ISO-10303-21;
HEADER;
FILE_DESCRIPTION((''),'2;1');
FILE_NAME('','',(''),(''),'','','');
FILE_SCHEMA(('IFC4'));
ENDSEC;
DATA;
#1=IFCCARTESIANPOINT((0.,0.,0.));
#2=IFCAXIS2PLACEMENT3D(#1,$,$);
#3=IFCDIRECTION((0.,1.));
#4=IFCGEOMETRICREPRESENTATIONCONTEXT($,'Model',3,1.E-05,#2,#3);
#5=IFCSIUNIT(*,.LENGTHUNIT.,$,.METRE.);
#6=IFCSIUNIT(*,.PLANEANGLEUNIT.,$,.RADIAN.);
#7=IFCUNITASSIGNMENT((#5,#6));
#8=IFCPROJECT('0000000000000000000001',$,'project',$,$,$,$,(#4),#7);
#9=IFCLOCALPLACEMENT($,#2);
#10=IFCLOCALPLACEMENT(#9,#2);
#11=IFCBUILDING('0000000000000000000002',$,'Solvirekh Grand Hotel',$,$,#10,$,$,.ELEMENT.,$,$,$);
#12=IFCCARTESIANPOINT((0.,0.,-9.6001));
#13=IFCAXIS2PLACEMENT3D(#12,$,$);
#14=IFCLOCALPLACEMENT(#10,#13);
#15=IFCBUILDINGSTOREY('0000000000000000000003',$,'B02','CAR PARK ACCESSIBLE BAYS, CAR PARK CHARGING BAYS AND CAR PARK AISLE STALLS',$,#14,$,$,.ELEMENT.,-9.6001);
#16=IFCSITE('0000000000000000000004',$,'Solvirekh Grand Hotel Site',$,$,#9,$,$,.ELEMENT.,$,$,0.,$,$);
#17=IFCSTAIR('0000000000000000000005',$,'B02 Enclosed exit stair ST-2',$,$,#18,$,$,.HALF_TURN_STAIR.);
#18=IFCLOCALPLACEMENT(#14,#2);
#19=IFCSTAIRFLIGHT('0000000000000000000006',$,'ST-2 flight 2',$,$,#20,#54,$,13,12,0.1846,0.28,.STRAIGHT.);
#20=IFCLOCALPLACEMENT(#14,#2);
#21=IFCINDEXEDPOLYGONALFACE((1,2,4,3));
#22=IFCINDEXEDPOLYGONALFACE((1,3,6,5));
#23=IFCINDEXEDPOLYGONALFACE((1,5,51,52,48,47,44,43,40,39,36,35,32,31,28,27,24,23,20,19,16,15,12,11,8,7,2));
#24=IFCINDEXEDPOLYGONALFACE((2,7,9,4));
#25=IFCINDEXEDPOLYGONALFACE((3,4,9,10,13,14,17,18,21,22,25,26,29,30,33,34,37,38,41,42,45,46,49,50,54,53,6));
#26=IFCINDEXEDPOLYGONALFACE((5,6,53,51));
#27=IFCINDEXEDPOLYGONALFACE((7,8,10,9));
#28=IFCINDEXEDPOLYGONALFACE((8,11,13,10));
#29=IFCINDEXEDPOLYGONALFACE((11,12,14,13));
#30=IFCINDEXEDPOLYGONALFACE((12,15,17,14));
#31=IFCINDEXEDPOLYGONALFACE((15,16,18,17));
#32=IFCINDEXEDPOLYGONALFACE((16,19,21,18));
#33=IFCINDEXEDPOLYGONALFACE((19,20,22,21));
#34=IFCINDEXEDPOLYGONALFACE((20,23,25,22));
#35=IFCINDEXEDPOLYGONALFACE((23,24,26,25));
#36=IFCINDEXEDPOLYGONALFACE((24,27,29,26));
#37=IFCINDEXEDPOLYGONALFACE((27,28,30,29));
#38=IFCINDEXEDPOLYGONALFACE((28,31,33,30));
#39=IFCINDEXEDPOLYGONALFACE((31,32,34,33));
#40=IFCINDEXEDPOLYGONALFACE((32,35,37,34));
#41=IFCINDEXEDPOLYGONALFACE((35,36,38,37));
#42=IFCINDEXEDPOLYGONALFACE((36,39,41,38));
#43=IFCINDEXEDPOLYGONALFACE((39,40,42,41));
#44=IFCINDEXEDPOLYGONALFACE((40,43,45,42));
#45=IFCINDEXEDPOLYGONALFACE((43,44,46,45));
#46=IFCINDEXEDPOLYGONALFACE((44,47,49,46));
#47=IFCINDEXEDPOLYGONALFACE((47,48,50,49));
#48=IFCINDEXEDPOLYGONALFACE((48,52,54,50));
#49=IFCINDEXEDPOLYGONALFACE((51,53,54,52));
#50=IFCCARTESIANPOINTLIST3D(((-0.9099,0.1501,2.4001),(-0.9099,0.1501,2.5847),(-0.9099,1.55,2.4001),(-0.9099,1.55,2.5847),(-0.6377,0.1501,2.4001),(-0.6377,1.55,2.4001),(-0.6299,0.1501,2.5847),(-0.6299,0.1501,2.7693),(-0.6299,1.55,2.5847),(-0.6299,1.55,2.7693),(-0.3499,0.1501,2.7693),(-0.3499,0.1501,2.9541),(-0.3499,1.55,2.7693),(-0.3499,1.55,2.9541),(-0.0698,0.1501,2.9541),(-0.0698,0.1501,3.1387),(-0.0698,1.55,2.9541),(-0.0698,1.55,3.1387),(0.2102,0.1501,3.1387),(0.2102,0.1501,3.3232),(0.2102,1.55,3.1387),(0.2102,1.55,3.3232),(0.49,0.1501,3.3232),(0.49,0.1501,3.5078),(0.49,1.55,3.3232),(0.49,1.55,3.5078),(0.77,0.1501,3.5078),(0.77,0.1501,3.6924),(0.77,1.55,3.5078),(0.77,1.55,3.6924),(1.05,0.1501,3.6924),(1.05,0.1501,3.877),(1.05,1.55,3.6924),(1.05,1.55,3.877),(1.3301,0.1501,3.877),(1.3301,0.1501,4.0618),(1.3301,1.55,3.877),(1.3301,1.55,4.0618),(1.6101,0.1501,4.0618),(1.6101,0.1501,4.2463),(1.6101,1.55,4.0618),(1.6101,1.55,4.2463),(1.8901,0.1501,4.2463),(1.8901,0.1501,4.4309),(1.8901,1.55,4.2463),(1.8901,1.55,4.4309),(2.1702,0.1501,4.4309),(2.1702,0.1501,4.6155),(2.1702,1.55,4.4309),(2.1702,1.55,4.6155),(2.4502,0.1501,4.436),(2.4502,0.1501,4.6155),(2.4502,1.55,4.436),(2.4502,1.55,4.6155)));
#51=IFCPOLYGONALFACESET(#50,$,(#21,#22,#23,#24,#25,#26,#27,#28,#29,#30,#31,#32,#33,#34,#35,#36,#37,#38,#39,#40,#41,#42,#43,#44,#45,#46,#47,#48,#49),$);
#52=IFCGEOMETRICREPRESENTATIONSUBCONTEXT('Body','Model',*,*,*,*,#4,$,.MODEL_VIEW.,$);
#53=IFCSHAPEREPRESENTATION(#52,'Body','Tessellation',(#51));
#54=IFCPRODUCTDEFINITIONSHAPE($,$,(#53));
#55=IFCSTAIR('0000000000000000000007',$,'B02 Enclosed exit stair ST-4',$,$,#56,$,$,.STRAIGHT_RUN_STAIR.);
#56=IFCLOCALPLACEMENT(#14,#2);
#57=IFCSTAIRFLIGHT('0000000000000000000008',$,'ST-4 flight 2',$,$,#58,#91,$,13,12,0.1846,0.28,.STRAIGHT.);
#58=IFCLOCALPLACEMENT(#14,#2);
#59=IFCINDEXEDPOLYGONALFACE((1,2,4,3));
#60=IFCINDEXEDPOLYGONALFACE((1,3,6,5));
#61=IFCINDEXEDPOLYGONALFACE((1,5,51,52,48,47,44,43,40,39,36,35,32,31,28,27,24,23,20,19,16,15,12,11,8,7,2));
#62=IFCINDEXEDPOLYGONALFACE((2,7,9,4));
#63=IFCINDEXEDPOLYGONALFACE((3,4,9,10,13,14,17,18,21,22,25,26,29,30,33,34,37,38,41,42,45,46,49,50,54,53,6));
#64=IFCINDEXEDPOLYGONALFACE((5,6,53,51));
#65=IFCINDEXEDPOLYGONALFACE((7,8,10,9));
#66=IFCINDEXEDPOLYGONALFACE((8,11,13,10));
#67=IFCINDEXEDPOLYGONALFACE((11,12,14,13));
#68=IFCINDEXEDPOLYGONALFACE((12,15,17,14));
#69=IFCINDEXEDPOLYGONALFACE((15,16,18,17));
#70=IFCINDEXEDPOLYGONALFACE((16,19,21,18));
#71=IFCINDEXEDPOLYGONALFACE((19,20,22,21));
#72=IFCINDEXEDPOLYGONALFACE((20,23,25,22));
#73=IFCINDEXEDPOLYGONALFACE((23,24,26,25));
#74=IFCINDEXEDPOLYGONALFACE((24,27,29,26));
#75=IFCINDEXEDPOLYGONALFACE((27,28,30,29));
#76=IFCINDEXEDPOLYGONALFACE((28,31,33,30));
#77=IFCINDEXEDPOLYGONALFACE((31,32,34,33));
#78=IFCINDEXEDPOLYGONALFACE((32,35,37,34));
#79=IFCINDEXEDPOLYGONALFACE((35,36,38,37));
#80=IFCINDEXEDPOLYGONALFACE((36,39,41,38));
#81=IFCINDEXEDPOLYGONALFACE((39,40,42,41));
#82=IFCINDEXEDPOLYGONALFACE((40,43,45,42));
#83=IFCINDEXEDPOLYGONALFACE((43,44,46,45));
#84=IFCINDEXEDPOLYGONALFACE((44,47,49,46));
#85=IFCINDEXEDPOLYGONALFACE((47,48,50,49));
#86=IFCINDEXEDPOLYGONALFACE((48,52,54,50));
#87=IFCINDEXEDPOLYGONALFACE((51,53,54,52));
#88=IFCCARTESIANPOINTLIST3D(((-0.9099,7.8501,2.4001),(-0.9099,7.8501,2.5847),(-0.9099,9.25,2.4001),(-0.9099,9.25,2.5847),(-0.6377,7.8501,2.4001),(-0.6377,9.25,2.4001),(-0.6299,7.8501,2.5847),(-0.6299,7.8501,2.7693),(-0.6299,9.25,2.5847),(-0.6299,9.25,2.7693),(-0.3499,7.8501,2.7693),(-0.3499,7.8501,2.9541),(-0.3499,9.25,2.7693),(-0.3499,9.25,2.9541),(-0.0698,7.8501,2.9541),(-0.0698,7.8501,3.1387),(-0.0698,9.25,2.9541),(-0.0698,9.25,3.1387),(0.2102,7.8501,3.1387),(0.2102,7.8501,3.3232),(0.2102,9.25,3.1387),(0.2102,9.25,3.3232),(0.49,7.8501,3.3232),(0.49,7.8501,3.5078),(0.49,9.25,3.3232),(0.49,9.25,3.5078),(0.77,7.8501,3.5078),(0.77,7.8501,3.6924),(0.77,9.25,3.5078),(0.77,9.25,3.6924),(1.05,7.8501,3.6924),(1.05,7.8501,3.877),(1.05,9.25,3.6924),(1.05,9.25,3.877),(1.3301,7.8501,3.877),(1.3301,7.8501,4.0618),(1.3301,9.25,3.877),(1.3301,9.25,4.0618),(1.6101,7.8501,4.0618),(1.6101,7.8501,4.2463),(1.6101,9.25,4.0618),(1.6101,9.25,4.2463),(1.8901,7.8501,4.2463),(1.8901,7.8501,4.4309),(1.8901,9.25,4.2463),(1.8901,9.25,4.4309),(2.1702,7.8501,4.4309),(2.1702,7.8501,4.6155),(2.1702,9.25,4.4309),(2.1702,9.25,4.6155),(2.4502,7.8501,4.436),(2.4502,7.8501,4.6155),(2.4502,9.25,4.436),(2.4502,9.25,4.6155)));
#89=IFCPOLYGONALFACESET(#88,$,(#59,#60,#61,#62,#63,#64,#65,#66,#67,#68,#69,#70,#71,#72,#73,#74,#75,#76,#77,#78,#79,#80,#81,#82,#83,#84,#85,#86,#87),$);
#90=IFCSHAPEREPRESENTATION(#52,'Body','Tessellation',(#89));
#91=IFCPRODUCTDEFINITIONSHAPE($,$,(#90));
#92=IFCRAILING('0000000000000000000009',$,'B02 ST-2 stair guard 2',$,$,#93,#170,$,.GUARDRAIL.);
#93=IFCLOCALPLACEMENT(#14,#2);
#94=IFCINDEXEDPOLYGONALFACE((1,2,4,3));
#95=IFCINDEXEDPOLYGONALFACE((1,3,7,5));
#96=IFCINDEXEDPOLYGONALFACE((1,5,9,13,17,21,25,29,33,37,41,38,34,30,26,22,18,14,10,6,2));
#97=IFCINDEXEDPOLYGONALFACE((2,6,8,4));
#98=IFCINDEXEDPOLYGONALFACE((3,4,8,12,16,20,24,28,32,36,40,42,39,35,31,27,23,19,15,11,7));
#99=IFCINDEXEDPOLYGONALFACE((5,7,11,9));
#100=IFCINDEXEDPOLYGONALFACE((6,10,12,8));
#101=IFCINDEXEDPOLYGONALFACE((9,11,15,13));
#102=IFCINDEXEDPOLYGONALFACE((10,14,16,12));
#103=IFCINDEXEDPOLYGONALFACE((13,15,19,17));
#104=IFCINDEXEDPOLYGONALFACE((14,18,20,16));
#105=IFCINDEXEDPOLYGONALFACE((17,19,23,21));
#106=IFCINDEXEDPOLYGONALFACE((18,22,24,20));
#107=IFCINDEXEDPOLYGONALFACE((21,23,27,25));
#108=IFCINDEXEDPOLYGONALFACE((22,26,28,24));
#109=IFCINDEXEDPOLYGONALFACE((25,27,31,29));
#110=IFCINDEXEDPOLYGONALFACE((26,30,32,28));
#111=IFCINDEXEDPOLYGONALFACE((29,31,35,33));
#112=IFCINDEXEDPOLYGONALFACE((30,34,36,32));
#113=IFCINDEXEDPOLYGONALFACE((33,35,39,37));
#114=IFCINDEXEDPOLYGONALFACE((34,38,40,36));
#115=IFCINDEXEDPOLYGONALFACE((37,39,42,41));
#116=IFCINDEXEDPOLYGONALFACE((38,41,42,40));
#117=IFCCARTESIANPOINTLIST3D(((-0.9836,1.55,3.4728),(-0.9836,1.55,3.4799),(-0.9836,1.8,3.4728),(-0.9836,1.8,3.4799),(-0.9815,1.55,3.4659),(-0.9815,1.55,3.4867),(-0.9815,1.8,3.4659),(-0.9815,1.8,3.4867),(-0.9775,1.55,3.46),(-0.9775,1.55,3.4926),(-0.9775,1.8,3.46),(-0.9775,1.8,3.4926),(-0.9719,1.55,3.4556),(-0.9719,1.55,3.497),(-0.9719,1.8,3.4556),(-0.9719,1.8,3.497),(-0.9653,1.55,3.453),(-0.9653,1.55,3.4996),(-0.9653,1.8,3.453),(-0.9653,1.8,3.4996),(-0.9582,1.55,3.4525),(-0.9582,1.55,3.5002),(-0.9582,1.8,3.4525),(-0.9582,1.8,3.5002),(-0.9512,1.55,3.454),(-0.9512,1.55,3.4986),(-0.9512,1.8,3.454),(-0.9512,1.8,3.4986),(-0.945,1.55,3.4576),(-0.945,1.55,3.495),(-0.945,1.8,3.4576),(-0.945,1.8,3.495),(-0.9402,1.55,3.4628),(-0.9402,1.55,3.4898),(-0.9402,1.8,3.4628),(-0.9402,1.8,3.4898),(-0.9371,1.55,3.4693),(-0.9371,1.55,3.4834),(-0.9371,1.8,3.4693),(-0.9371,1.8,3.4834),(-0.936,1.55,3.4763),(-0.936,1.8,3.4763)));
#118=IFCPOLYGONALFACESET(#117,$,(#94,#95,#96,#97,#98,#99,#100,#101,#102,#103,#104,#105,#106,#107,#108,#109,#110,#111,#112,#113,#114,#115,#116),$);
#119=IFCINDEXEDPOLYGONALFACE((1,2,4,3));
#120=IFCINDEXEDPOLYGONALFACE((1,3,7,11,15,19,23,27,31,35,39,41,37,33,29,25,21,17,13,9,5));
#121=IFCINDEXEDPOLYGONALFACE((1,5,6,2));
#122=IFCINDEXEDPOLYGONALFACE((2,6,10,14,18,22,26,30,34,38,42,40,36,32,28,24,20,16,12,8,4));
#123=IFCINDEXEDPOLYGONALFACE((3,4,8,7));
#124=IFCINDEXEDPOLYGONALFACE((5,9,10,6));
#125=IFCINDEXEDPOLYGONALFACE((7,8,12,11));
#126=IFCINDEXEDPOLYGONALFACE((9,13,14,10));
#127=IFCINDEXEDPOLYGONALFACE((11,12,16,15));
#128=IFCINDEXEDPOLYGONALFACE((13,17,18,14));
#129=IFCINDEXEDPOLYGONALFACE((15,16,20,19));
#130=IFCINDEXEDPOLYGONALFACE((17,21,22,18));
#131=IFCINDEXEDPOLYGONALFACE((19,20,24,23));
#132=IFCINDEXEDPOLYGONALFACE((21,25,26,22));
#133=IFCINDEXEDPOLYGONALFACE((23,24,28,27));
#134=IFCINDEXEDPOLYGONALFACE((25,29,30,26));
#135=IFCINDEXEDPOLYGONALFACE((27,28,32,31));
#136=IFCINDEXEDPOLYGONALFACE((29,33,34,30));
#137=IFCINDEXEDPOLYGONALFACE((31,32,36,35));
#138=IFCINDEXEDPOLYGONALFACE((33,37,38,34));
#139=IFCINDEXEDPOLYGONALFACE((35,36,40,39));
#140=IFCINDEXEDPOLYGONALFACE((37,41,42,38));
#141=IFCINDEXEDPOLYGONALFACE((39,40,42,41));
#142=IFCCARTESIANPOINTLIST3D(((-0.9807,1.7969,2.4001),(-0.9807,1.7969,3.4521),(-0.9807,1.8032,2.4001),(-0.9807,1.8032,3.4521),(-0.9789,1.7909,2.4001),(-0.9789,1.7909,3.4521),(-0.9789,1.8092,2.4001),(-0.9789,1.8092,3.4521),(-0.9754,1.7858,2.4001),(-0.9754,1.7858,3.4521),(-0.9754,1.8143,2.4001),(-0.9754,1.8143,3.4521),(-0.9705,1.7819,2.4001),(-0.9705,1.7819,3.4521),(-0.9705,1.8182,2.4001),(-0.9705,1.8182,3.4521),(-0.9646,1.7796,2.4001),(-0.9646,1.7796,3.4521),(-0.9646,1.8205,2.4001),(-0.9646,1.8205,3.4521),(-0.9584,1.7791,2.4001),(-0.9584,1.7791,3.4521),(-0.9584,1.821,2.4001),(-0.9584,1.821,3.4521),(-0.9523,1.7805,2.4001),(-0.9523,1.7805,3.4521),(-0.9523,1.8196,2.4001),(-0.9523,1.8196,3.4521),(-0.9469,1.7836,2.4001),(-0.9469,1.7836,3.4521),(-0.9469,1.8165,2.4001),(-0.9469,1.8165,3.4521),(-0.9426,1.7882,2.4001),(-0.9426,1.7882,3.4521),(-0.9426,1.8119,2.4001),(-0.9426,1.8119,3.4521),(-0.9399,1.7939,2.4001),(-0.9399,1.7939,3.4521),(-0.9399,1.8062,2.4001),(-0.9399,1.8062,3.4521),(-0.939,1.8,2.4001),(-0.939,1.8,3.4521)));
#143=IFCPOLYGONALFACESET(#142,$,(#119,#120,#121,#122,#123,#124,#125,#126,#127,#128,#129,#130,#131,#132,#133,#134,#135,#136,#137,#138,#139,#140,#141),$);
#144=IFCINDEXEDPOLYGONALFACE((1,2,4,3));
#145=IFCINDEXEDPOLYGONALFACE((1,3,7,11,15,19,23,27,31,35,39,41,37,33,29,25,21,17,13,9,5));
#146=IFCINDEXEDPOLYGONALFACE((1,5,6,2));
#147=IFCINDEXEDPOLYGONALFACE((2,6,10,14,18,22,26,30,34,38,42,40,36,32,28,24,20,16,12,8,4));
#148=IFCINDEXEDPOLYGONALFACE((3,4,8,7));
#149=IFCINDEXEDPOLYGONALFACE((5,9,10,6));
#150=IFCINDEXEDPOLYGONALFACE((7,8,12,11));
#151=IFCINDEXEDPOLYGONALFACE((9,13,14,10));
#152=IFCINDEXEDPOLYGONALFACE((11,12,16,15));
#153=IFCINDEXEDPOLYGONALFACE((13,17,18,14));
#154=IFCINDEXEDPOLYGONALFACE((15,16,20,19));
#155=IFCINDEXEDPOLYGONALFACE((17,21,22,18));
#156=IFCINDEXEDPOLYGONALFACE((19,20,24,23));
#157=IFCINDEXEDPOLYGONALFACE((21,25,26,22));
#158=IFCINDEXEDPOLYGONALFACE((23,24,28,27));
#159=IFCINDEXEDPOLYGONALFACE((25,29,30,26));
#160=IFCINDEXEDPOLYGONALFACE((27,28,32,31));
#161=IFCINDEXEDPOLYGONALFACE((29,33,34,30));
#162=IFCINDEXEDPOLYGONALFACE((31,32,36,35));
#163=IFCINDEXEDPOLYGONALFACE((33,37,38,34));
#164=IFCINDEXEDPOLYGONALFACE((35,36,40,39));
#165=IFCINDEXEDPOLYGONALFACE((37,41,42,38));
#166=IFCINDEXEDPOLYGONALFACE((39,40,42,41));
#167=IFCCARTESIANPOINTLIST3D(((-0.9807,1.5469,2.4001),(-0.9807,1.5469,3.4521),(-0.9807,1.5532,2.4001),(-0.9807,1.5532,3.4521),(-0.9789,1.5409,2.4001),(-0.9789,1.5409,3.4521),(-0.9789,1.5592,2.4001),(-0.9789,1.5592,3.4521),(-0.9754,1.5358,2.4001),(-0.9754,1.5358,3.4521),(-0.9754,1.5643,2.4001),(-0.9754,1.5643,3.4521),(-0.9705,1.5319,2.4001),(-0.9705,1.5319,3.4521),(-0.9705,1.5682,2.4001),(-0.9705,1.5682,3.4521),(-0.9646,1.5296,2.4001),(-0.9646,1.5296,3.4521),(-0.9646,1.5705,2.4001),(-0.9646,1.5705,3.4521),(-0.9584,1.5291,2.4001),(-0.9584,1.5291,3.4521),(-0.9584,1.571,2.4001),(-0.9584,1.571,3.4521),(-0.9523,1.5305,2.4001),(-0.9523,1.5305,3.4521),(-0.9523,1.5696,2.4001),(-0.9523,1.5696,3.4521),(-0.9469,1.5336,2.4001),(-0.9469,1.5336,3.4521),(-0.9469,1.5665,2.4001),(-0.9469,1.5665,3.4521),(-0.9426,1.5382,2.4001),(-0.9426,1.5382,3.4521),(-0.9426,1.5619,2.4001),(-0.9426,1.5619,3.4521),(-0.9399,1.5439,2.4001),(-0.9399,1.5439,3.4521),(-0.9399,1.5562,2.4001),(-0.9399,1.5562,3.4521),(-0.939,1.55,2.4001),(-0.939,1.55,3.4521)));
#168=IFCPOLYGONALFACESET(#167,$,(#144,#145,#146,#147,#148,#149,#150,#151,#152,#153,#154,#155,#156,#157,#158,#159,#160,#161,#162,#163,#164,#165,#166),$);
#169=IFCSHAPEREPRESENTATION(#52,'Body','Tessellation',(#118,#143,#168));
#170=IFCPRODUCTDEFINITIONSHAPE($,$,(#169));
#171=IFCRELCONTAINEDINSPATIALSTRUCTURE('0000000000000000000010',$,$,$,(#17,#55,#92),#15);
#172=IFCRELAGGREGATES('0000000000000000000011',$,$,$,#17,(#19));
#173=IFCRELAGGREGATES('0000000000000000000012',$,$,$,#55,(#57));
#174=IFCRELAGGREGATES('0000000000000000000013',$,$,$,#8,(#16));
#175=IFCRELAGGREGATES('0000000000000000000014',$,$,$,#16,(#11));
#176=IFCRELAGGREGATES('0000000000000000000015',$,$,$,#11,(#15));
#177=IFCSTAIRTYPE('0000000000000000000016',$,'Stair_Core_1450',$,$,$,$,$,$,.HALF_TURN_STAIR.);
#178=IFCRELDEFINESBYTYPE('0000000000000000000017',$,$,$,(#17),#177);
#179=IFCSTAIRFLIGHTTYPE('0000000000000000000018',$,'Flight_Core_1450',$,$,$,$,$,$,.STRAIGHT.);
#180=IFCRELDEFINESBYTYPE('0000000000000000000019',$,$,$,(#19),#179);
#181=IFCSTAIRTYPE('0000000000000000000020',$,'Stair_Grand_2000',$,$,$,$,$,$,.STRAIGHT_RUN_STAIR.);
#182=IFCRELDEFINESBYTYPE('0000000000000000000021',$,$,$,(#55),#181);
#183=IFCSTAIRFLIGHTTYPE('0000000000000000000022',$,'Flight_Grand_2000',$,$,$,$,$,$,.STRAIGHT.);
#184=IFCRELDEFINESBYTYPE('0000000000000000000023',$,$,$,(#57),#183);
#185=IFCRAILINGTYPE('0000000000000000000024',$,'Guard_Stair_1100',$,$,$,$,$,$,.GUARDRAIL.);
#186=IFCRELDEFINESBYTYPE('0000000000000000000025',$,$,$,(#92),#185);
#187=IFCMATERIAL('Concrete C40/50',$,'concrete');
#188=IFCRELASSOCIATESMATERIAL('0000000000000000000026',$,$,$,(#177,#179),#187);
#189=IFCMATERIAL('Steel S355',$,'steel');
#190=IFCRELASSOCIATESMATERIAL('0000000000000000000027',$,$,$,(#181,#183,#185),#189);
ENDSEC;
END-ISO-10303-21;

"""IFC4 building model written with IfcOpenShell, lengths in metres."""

from ifc_helpers import new_model, si_unit, direction, frame, origin, origin_2d, place, context, subcontext, project, spatial, polyline, circle, outline, extrude, material, type_object, element, aggregate, save


model = new_model("IFC4")

# Units and contexts
model_context = context("Model", 3, precision=1e-05, world=origin(), true_north=direction((0.0, 1.0)))
body_context = subcontext(model_context, "Body", "Model", "MODEL_VIEW")
ifc_project = project(units=[si_unit("LENGTHUNIT", "METRE"), si_unit("PLANEANGLEUNIT", "RADIAN")], contexts=[model_context])

# Site, building, storey
site_placement = place(None, origin())
site = spatial("IfcSite", under=ifc_project, at=site_placement, Name="Solvirekh Grand Hotel Site", CompositionType="ELEMENT", RefElevation=0.0)
building_placement = place(site_placement, origin())
building = spatial("IfcBuilding", under=site, at=building_placement, Name="Solvirekh Grand Hotel", CompositionType="ELEMENT")
storey_placement = place(building_placement, frame((0.0, 0.0, -9.6001)))
storey = spatial("IfcBuildingStorey", under=building, at=storey_placement, Name="B02", Description="CAR PARK ACCESSIBLE BAYS, CAR PARK CHARGING BAYS AND CAR PARK AISLE STALLS", CompositionType="ELEMENT", Elevation=-9.6001)

# Shared definitions
ifc_material_1 = material(Name="Concrete C40/50", Category="concrete")

# Stairs, stair flights
stair_type_1 = type_object("IfcStairType", Name="Stair_Core_1450", PredefinedType="HALF_TURN_STAIR", material=ifc_material_1)
stair_1_placement = place(storey_placement, origin())
stair_1 = element("IfcStair", 1, at=stair_1_placement, inside=storey, type_object=stair_type_1, Name="B02 Enclosed exit stair ST-2", PredefinedType="HALF_TURN_STAIR")
stair_flight_type_1 = type_object("IfcStairFlightType", Name="Flight_Core_1450", PredefinedType="STRAIGHT", material=ifc_material_1)
stair_flight_1_placement = place(storey_placement, frame((-0.9099, 0.8501, 2.4001), z_axis=(0.0, 0.0, 1.0), x_axis=(1.0, 0.0, 0.0)))
stair_flight_1 = element("IfcStairFlight", 2, at=stair_flight_1_placement, type_object=stair_flight_type_1, Name="ST-2 flight 2", NumberOfRisers=13, NumberOfTreads=12, PredefinedType="STRAIGHT", RiserHeight=0.1846, TreadLength=0.28, context=body_context, shape_type="SweptSolid", body=[
    extrude(outline(polyline([(0.0, 0.0), (0.0, 0.1846), (0.28, 0.1846), (0.28, 0.3691), (0.5601, 0.3691), (0.5601, 0.554), (0.8401, 0.554), (0.8401, 0.7385), (1.1201, 0.7385), (1.1201, 0.9231), (1.3999, 0.9231), (1.3999, 1.1077), (1.6799, 1.1077), (1.6799, 1.2922), (1.96, 1.2922), (1.96, 1.4768), (2.24, 1.4768), (2.24, 1.6616), (2.52, 1.6616), (2.52, 1.8462), (2.8, 1.8462), (2.8, 2.0308), (3.0801, 2.0308), (3.0801, 2.2153), (3.3601, 2.2153), (3.3601, 2.3999), (3.3601, 2.0359), (0.2722, 0.0), (0.0, 0.0)])), frame((0.0, 0.7, 0.0), z_axis=(0.0, -1.0, 0.0), x_axis=(1.0, 0.0, 0.0)), (0.0, 0.0, 1.0), 1.3999),
])
aggregate(stair_1, [stair_flight_1])
ifc_material_2 = material(Name="Steel S355", Category="steel")
stair_type_2 = type_object("IfcStairType", Name="Stair_Grand_2000", PredefinedType="STRAIGHT_RUN_STAIR", material=ifc_material_2)
stair_2_placement = place(storey_placement, origin())
stair_2 = element("IfcStair", 3, at=stair_2_placement, inside=storey, type_object=stair_type_2, Name="B02 Enclosed exit stair ST-4", PredefinedType="STRAIGHT_RUN_STAIR")
stair_flight_type_2 = type_object("IfcStairFlightType", Name="Flight_Grand_2000", PredefinedType="STRAIGHT", material=ifc_material_2)
stair_flight_2_placement = place(storey_placement, frame((-0.9099, 8.55, 2.4001), z_axis=(0.0, 0.0, 1.0), x_axis=(1.0, 0.0, 0.0)))
stair_flight_2 = element("IfcStairFlight", 4, at=stair_flight_2_placement, type_object=stair_flight_type_2, Name="ST-4 flight 2", NumberOfRisers=13, NumberOfTreads=12, PredefinedType="STRAIGHT", RiserHeight=0.1846, TreadLength=0.28, context=body_context, shape_type="SweptSolid", body=[
    extrude(outline(polyline([(0.0, 0.0), (0.0, 0.1846), (0.28, 0.1846), (0.28, 0.3691), (0.5601, 0.3691), (0.5601, 0.554), (0.8401, 0.554), (0.8401, 0.7385), (1.1201, 0.7385), (1.1201, 0.9231), (1.3999, 0.9231), (1.3999, 1.1077), (1.6799, 1.1077), (1.6799, 1.2922), (1.96, 1.2922), (1.96, 1.4768), (2.24, 1.4768), (2.24, 1.6616), (2.52, 1.6616), (2.52, 1.8462), (2.8, 1.8462), (2.8, 2.0308), (3.0801, 2.0308), (3.0801, 2.2153), (3.3601, 2.2153), (3.3601, 2.3999), (3.3601, 2.0359), (0.2722, 0.0), (0.0, 0.0)])), frame((0.0, 0.7, 0.0), z_axis=(0.0, -1.0, 0.0), x_axis=(1.0, 0.0, 0.0)), (0.0, 0.0, 1.0), 1.3999),
])
aggregate(stair_2, [stair_flight_2])

# Railing
railing_type_1 = type_object("IfcRailingType", Name="Guard_Stair_1100", PredefinedType="GUARDRAIL", material=ifc_material_2)
railing_1_placement = place(storey_placement, frame((-0.96, 1.8, 2.4001)))
element("IfcRailing", 5, at=railing_1_placement, inside=storey, type_object=railing_type_1, Name="B02 ST-2 stair guard 2", PredefinedType="GUARDRAIL", context=body_context, shape_type="SweptSolid", body=[
    extrude(circle(Radius=0.0239, at=origin_2d()), frame((0.0, 0.0, 1.0762), z_axis=(0.0, -1.0, 0.0), x_axis=(1.0, 0.0, 0.0)), (0.0, 0.0, 1.0), 0.25),
    extrude(circle(Radius=0.021, at=origin_2d()), origin(), (0.0, 0.0, 1.0), 1.052),
    extrude(circle(Radius=0.021, at=origin_2d()), frame((0.0, -0.25, 0.0)), (0.0, 0.0, 1.0), 1.052),
])

save(model, "model.ifc")
